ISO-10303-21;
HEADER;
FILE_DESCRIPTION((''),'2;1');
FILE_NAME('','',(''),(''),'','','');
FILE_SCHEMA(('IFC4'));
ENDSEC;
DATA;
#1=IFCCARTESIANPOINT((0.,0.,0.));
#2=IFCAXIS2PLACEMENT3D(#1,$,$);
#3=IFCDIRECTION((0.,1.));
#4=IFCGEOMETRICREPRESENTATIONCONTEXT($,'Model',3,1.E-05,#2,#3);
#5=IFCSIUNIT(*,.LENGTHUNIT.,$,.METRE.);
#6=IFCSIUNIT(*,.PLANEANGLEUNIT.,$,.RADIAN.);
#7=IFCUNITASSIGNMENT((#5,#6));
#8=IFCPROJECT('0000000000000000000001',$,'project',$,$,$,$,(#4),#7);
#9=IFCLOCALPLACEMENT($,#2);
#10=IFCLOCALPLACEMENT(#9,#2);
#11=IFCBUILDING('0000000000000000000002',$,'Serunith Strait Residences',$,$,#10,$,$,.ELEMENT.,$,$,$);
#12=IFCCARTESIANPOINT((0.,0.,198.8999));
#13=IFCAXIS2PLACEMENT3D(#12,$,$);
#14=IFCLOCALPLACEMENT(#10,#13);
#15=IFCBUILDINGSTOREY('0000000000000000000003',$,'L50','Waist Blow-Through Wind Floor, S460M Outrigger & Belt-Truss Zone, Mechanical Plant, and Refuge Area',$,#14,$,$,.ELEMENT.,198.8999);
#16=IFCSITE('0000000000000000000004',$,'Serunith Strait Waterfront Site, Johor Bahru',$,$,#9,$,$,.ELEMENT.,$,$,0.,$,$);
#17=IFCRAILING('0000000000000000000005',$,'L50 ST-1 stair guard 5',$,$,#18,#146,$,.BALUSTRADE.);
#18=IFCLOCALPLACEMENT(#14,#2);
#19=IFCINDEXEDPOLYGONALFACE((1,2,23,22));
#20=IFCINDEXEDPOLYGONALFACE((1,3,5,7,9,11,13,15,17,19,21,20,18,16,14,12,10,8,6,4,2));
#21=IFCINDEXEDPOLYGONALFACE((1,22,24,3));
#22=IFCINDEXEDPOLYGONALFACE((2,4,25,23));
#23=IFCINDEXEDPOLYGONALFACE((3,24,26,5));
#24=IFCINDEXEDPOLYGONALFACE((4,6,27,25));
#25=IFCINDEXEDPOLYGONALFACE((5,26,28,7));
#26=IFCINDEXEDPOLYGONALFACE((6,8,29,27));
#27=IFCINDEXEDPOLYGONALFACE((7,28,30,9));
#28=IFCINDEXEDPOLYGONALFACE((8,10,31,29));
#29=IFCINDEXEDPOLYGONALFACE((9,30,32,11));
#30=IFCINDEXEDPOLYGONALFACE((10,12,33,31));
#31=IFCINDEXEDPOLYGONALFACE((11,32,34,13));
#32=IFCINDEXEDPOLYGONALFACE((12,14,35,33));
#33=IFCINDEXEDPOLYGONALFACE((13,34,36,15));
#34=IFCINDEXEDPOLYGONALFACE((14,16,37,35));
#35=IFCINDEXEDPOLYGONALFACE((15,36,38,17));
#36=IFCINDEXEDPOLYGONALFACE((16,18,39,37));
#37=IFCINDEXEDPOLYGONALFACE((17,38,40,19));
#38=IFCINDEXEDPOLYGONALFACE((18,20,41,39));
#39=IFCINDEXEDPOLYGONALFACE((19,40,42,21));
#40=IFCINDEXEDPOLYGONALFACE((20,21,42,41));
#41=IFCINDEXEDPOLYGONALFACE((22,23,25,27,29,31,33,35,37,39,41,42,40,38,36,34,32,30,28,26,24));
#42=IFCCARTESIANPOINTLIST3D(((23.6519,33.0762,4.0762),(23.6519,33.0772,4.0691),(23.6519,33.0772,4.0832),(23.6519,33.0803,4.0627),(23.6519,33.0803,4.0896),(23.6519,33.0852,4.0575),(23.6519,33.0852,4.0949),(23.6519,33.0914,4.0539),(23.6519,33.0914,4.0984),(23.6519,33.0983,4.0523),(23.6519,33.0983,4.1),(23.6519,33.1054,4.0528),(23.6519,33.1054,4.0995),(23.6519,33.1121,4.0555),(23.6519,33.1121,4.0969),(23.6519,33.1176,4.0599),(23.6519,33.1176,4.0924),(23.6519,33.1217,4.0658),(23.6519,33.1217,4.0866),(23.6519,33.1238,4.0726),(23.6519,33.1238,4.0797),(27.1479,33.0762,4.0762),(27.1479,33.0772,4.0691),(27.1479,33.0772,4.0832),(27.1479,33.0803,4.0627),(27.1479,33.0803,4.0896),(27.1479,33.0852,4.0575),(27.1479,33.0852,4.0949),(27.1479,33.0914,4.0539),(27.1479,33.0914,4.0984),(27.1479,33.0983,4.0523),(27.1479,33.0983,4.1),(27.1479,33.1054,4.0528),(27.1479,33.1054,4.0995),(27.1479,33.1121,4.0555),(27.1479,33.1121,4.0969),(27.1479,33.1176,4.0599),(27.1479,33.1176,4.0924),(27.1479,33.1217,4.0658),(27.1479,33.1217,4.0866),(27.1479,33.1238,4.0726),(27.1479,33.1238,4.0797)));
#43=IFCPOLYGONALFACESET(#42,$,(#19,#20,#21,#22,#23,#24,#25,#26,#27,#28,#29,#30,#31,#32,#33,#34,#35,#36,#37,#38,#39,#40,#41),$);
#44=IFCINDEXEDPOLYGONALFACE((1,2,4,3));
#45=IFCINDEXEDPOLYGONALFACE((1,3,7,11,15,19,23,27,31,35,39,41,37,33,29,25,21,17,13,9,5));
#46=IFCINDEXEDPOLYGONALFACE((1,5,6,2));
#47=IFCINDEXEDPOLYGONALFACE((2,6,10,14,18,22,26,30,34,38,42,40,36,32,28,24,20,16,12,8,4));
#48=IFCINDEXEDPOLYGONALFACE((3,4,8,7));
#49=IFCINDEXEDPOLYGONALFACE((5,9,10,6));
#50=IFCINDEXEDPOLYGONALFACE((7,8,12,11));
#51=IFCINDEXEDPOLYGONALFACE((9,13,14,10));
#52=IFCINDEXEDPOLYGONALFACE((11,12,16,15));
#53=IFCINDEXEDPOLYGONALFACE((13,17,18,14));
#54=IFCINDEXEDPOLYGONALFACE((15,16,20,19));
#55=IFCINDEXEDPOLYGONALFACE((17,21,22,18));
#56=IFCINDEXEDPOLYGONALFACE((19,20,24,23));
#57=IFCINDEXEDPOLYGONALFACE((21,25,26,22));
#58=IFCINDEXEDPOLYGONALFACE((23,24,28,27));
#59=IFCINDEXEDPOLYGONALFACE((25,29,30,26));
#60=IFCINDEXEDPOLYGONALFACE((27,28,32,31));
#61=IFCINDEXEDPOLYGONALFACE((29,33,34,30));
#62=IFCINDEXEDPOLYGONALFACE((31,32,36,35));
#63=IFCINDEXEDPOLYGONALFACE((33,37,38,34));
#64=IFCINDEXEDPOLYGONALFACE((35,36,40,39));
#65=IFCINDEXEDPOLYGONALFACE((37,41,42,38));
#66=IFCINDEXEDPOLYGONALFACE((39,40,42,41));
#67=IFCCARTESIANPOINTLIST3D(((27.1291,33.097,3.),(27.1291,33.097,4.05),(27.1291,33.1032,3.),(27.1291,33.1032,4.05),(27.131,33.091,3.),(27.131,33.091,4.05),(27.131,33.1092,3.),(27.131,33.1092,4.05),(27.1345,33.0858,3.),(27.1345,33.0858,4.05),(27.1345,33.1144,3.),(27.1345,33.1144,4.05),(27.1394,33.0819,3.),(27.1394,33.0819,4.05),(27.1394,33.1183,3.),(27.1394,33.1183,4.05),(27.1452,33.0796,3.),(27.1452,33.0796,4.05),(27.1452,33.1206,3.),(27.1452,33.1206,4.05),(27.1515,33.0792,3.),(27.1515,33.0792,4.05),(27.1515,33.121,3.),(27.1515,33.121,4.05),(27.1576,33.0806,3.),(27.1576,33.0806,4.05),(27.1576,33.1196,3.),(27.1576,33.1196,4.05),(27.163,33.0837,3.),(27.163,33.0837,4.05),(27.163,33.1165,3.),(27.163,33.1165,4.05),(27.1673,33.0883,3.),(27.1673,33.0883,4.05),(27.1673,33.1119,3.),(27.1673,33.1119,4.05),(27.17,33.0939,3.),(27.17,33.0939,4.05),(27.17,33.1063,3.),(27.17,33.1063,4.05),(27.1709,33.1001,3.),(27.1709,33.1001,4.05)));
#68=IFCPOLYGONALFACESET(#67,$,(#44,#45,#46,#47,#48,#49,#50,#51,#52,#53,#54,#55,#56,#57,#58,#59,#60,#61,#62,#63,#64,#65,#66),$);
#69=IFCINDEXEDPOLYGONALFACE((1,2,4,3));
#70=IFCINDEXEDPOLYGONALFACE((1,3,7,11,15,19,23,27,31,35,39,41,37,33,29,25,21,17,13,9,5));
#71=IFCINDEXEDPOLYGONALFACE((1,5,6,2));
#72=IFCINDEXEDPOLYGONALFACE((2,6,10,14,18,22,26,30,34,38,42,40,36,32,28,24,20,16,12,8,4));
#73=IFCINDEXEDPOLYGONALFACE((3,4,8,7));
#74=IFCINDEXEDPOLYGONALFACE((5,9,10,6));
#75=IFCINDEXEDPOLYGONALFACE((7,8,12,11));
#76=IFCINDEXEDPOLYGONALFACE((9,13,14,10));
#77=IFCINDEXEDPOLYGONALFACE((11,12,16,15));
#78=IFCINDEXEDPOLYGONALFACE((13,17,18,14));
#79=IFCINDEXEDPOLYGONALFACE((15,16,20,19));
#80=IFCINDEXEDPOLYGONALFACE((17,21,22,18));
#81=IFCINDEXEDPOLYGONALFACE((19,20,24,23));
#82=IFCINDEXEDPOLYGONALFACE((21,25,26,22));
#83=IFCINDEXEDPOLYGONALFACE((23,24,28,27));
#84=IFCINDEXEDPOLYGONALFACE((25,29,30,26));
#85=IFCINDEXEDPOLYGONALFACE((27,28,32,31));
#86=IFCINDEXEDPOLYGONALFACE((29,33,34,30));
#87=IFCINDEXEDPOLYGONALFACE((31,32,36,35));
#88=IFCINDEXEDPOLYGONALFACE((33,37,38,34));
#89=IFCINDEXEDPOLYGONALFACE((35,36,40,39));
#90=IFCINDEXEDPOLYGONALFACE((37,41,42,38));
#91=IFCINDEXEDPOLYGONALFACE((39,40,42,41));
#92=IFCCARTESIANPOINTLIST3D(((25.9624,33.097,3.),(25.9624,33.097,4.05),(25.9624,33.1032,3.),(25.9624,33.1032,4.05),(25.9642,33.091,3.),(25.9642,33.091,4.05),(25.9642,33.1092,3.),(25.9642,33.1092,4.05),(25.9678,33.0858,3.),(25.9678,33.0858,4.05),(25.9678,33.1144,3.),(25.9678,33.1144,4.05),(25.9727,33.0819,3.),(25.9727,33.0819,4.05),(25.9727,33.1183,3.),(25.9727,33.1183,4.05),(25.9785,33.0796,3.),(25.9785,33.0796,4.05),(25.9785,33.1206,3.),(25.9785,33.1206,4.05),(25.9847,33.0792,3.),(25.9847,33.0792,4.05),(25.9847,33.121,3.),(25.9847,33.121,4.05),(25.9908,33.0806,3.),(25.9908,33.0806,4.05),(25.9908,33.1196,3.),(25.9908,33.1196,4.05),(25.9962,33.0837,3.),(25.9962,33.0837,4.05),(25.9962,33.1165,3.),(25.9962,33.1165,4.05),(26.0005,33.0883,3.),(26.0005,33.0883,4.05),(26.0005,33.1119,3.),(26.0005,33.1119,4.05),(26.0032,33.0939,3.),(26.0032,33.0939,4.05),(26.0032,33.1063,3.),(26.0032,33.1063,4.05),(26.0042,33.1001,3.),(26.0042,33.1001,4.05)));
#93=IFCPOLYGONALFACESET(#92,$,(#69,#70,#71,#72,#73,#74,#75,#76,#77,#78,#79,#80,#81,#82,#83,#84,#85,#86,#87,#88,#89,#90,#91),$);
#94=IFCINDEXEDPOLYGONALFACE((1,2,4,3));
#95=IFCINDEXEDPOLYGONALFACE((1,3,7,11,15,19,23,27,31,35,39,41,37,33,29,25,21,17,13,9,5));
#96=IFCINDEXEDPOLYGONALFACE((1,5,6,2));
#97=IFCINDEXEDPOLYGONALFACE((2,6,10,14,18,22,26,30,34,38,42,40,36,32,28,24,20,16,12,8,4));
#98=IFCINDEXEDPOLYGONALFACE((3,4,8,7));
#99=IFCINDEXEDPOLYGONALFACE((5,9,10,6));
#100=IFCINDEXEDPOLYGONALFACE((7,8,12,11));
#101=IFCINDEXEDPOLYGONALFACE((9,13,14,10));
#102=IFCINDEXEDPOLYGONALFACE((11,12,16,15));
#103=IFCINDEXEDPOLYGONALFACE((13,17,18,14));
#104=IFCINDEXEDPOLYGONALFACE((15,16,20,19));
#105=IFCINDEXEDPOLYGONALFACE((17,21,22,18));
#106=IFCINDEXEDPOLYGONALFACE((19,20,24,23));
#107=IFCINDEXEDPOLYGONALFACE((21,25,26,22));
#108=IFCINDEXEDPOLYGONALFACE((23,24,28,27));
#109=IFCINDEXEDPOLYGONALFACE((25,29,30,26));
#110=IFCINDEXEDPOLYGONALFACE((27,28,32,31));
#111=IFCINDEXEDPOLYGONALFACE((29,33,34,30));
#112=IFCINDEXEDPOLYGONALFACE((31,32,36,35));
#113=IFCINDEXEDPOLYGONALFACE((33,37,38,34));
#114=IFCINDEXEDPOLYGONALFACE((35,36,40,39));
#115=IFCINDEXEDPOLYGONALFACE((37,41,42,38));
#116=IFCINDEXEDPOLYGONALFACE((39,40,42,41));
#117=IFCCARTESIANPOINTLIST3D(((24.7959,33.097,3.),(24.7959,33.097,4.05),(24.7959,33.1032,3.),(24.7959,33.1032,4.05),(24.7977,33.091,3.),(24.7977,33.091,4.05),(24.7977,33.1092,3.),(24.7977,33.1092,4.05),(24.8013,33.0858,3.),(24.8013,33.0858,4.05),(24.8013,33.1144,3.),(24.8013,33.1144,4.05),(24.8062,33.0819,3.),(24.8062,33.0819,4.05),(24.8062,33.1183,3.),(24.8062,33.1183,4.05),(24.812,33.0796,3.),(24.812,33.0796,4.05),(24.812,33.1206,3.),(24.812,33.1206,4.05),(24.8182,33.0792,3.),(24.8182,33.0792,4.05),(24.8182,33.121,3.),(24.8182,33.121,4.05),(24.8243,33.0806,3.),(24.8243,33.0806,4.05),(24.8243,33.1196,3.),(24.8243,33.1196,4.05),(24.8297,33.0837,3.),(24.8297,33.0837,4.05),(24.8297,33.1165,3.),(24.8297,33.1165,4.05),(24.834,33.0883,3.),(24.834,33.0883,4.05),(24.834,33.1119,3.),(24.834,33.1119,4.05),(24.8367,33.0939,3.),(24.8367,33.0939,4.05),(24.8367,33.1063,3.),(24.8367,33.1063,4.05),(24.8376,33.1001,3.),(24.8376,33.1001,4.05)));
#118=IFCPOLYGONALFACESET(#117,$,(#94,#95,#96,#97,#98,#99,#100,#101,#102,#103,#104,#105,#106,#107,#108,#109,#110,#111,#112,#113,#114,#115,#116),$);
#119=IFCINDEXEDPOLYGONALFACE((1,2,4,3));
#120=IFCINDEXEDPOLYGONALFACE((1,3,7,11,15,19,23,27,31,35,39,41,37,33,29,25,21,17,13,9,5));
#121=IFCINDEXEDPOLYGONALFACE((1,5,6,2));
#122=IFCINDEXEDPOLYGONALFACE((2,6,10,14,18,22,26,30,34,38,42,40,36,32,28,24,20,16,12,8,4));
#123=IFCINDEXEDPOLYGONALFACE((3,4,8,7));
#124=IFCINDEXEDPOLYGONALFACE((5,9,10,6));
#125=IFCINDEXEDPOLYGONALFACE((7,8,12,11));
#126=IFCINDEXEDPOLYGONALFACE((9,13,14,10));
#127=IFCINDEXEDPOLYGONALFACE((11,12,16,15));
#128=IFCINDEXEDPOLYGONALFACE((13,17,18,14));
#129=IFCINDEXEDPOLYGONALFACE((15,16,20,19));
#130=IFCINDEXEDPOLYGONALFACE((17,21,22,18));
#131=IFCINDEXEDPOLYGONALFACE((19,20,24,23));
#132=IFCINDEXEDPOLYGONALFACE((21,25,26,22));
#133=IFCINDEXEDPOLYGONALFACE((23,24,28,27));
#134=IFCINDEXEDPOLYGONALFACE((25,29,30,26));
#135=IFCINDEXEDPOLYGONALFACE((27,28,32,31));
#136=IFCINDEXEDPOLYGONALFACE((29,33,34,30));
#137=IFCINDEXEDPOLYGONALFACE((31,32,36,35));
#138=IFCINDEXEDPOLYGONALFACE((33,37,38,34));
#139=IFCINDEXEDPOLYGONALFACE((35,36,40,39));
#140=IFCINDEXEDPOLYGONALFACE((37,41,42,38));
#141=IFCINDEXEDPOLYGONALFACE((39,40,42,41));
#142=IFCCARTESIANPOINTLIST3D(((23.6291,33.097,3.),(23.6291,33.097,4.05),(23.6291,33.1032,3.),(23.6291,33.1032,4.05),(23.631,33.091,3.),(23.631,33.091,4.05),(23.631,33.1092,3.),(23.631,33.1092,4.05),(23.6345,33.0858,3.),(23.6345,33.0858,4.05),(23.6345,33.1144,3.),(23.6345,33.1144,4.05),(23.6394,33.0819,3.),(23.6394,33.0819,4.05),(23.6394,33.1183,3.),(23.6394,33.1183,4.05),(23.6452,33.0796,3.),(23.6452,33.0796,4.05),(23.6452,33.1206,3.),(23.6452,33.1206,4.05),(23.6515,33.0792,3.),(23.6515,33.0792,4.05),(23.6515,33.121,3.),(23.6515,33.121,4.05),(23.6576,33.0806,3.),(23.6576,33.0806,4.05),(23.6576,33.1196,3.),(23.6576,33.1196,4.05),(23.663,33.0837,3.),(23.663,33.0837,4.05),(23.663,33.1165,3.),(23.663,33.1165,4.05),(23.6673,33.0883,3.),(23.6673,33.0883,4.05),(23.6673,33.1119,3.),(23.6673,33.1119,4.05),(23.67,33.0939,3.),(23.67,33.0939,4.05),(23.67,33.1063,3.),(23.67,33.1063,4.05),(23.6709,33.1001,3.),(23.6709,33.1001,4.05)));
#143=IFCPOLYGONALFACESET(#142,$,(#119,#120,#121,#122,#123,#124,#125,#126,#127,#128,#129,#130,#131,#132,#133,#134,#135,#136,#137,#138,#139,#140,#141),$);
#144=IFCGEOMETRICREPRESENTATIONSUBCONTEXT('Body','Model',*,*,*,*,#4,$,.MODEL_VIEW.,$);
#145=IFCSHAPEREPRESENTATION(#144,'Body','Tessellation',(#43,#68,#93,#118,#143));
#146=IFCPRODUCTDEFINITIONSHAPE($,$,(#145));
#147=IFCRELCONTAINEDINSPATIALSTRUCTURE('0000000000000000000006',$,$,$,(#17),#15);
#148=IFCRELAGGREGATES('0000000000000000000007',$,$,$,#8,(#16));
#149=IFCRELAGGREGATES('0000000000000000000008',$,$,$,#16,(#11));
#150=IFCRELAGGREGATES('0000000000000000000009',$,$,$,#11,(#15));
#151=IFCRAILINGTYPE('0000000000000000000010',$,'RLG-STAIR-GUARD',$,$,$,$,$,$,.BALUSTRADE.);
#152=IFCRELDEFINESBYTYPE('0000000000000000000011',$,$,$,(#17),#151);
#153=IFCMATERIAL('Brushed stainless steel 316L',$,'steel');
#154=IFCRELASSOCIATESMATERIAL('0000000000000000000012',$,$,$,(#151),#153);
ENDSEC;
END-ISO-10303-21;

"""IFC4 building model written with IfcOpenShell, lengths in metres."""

from ifc_helpers import new_model, si_unit, direction, frame, origin, origin_2d, place, context, subcontext, project, spatial, circle, extrude, material, type_object, element, save


model = new_model("IFC4")

# Units and contexts
model_context = context("Model", 3, precision=1e-05, world=origin(), true_north=direction((0.0, 1.0)))
body_context = subcontext(model_context, "Body", "Model", "MODEL_VIEW")
ifc_project = project(units=[si_unit("LENGTHUNIT", "METRE"), si_unit("PLANEANGLEUNIT", "RADIAN")], contexts=[model_context])

# Site, building, storey
site_placement = place(None, origin())
site = spatial("IfcSite", under=ifc_project, at=site_placement, Name="Serunith Strait Waterfront Site, Johor Bahru", CompositionType="ELEMENT", RefElevation=0.0)
building_placement = place(site_placement, origin())
building = spatial("IfcBuilding", under=site, at=building_placement, Name="Serunith Strait Residences", CompositionType="ELEMENT")
storey_placement = place(building_placement, frame((0.0, 0.0, 198.8999)))
storey = spatial("IfcBuildingStorey", under=building, at=storey_placement, Name="L50", Description="Waist Blow-Through Wind Floor, S460M Outrigger & Belt-Truss Zone, Mechanical Plant, and Refuge Area", CompositionType="ELEMENT", Elevation=198.8999)

# Railing
ifc_material_1 = material(Name="Brushed stainless steel 316L", Category="steel")
railing_type_1 = type_object("IfcRailingType", Name="RLG-STAIR-GUARD", PredefinedType="BALUSTRADE", material=ifc_material_1)
railing_1_placement = place(storey_placement, frame((27.1499, 33.1001, 3.0)))
element("IfcRailing", 1, at=railing_1_placement, inside=storey, type_object=railing_type_1, Name="L50 ST-1 stair guard 5", PredefinedType="BALUSTRADE", context=body_context, shape_type="SweptSolid", body=[
    extrude(circle(Radius=0.0239, at=origin_2d()), frame((-0.002, 0.0, 1.0762), z_axis=(-1.0, 0.0, 0.0), x_axis=(0.0, -1.0, 0.0)), (0.0, 0.0, 1.0), 3.4961),
    extrude(circle(Radius=0.021, at=origin_2d()), origin(), (0.0, 0.0, 1.0), 1.05),
    extrude(circle(Radius=0.021, at=origin_2d()), frame((-1.1667, 0.0, 0.0)), (0.0, 0.0, 1.0), 1.05),
    extrude(circle(Radius=0.021, at=origin_2d()), frame((-2.3333, 0.0, 0.0)), (0.0, 0.0, 1.0), 1.05),
    extrude(circle(Radius=0.021, at=origin_2d()), frame((-3.5, 0.0, 0.0)), (0.0, 0.0, 1.0), 1.05),
])

save(model, "model.ifc")
